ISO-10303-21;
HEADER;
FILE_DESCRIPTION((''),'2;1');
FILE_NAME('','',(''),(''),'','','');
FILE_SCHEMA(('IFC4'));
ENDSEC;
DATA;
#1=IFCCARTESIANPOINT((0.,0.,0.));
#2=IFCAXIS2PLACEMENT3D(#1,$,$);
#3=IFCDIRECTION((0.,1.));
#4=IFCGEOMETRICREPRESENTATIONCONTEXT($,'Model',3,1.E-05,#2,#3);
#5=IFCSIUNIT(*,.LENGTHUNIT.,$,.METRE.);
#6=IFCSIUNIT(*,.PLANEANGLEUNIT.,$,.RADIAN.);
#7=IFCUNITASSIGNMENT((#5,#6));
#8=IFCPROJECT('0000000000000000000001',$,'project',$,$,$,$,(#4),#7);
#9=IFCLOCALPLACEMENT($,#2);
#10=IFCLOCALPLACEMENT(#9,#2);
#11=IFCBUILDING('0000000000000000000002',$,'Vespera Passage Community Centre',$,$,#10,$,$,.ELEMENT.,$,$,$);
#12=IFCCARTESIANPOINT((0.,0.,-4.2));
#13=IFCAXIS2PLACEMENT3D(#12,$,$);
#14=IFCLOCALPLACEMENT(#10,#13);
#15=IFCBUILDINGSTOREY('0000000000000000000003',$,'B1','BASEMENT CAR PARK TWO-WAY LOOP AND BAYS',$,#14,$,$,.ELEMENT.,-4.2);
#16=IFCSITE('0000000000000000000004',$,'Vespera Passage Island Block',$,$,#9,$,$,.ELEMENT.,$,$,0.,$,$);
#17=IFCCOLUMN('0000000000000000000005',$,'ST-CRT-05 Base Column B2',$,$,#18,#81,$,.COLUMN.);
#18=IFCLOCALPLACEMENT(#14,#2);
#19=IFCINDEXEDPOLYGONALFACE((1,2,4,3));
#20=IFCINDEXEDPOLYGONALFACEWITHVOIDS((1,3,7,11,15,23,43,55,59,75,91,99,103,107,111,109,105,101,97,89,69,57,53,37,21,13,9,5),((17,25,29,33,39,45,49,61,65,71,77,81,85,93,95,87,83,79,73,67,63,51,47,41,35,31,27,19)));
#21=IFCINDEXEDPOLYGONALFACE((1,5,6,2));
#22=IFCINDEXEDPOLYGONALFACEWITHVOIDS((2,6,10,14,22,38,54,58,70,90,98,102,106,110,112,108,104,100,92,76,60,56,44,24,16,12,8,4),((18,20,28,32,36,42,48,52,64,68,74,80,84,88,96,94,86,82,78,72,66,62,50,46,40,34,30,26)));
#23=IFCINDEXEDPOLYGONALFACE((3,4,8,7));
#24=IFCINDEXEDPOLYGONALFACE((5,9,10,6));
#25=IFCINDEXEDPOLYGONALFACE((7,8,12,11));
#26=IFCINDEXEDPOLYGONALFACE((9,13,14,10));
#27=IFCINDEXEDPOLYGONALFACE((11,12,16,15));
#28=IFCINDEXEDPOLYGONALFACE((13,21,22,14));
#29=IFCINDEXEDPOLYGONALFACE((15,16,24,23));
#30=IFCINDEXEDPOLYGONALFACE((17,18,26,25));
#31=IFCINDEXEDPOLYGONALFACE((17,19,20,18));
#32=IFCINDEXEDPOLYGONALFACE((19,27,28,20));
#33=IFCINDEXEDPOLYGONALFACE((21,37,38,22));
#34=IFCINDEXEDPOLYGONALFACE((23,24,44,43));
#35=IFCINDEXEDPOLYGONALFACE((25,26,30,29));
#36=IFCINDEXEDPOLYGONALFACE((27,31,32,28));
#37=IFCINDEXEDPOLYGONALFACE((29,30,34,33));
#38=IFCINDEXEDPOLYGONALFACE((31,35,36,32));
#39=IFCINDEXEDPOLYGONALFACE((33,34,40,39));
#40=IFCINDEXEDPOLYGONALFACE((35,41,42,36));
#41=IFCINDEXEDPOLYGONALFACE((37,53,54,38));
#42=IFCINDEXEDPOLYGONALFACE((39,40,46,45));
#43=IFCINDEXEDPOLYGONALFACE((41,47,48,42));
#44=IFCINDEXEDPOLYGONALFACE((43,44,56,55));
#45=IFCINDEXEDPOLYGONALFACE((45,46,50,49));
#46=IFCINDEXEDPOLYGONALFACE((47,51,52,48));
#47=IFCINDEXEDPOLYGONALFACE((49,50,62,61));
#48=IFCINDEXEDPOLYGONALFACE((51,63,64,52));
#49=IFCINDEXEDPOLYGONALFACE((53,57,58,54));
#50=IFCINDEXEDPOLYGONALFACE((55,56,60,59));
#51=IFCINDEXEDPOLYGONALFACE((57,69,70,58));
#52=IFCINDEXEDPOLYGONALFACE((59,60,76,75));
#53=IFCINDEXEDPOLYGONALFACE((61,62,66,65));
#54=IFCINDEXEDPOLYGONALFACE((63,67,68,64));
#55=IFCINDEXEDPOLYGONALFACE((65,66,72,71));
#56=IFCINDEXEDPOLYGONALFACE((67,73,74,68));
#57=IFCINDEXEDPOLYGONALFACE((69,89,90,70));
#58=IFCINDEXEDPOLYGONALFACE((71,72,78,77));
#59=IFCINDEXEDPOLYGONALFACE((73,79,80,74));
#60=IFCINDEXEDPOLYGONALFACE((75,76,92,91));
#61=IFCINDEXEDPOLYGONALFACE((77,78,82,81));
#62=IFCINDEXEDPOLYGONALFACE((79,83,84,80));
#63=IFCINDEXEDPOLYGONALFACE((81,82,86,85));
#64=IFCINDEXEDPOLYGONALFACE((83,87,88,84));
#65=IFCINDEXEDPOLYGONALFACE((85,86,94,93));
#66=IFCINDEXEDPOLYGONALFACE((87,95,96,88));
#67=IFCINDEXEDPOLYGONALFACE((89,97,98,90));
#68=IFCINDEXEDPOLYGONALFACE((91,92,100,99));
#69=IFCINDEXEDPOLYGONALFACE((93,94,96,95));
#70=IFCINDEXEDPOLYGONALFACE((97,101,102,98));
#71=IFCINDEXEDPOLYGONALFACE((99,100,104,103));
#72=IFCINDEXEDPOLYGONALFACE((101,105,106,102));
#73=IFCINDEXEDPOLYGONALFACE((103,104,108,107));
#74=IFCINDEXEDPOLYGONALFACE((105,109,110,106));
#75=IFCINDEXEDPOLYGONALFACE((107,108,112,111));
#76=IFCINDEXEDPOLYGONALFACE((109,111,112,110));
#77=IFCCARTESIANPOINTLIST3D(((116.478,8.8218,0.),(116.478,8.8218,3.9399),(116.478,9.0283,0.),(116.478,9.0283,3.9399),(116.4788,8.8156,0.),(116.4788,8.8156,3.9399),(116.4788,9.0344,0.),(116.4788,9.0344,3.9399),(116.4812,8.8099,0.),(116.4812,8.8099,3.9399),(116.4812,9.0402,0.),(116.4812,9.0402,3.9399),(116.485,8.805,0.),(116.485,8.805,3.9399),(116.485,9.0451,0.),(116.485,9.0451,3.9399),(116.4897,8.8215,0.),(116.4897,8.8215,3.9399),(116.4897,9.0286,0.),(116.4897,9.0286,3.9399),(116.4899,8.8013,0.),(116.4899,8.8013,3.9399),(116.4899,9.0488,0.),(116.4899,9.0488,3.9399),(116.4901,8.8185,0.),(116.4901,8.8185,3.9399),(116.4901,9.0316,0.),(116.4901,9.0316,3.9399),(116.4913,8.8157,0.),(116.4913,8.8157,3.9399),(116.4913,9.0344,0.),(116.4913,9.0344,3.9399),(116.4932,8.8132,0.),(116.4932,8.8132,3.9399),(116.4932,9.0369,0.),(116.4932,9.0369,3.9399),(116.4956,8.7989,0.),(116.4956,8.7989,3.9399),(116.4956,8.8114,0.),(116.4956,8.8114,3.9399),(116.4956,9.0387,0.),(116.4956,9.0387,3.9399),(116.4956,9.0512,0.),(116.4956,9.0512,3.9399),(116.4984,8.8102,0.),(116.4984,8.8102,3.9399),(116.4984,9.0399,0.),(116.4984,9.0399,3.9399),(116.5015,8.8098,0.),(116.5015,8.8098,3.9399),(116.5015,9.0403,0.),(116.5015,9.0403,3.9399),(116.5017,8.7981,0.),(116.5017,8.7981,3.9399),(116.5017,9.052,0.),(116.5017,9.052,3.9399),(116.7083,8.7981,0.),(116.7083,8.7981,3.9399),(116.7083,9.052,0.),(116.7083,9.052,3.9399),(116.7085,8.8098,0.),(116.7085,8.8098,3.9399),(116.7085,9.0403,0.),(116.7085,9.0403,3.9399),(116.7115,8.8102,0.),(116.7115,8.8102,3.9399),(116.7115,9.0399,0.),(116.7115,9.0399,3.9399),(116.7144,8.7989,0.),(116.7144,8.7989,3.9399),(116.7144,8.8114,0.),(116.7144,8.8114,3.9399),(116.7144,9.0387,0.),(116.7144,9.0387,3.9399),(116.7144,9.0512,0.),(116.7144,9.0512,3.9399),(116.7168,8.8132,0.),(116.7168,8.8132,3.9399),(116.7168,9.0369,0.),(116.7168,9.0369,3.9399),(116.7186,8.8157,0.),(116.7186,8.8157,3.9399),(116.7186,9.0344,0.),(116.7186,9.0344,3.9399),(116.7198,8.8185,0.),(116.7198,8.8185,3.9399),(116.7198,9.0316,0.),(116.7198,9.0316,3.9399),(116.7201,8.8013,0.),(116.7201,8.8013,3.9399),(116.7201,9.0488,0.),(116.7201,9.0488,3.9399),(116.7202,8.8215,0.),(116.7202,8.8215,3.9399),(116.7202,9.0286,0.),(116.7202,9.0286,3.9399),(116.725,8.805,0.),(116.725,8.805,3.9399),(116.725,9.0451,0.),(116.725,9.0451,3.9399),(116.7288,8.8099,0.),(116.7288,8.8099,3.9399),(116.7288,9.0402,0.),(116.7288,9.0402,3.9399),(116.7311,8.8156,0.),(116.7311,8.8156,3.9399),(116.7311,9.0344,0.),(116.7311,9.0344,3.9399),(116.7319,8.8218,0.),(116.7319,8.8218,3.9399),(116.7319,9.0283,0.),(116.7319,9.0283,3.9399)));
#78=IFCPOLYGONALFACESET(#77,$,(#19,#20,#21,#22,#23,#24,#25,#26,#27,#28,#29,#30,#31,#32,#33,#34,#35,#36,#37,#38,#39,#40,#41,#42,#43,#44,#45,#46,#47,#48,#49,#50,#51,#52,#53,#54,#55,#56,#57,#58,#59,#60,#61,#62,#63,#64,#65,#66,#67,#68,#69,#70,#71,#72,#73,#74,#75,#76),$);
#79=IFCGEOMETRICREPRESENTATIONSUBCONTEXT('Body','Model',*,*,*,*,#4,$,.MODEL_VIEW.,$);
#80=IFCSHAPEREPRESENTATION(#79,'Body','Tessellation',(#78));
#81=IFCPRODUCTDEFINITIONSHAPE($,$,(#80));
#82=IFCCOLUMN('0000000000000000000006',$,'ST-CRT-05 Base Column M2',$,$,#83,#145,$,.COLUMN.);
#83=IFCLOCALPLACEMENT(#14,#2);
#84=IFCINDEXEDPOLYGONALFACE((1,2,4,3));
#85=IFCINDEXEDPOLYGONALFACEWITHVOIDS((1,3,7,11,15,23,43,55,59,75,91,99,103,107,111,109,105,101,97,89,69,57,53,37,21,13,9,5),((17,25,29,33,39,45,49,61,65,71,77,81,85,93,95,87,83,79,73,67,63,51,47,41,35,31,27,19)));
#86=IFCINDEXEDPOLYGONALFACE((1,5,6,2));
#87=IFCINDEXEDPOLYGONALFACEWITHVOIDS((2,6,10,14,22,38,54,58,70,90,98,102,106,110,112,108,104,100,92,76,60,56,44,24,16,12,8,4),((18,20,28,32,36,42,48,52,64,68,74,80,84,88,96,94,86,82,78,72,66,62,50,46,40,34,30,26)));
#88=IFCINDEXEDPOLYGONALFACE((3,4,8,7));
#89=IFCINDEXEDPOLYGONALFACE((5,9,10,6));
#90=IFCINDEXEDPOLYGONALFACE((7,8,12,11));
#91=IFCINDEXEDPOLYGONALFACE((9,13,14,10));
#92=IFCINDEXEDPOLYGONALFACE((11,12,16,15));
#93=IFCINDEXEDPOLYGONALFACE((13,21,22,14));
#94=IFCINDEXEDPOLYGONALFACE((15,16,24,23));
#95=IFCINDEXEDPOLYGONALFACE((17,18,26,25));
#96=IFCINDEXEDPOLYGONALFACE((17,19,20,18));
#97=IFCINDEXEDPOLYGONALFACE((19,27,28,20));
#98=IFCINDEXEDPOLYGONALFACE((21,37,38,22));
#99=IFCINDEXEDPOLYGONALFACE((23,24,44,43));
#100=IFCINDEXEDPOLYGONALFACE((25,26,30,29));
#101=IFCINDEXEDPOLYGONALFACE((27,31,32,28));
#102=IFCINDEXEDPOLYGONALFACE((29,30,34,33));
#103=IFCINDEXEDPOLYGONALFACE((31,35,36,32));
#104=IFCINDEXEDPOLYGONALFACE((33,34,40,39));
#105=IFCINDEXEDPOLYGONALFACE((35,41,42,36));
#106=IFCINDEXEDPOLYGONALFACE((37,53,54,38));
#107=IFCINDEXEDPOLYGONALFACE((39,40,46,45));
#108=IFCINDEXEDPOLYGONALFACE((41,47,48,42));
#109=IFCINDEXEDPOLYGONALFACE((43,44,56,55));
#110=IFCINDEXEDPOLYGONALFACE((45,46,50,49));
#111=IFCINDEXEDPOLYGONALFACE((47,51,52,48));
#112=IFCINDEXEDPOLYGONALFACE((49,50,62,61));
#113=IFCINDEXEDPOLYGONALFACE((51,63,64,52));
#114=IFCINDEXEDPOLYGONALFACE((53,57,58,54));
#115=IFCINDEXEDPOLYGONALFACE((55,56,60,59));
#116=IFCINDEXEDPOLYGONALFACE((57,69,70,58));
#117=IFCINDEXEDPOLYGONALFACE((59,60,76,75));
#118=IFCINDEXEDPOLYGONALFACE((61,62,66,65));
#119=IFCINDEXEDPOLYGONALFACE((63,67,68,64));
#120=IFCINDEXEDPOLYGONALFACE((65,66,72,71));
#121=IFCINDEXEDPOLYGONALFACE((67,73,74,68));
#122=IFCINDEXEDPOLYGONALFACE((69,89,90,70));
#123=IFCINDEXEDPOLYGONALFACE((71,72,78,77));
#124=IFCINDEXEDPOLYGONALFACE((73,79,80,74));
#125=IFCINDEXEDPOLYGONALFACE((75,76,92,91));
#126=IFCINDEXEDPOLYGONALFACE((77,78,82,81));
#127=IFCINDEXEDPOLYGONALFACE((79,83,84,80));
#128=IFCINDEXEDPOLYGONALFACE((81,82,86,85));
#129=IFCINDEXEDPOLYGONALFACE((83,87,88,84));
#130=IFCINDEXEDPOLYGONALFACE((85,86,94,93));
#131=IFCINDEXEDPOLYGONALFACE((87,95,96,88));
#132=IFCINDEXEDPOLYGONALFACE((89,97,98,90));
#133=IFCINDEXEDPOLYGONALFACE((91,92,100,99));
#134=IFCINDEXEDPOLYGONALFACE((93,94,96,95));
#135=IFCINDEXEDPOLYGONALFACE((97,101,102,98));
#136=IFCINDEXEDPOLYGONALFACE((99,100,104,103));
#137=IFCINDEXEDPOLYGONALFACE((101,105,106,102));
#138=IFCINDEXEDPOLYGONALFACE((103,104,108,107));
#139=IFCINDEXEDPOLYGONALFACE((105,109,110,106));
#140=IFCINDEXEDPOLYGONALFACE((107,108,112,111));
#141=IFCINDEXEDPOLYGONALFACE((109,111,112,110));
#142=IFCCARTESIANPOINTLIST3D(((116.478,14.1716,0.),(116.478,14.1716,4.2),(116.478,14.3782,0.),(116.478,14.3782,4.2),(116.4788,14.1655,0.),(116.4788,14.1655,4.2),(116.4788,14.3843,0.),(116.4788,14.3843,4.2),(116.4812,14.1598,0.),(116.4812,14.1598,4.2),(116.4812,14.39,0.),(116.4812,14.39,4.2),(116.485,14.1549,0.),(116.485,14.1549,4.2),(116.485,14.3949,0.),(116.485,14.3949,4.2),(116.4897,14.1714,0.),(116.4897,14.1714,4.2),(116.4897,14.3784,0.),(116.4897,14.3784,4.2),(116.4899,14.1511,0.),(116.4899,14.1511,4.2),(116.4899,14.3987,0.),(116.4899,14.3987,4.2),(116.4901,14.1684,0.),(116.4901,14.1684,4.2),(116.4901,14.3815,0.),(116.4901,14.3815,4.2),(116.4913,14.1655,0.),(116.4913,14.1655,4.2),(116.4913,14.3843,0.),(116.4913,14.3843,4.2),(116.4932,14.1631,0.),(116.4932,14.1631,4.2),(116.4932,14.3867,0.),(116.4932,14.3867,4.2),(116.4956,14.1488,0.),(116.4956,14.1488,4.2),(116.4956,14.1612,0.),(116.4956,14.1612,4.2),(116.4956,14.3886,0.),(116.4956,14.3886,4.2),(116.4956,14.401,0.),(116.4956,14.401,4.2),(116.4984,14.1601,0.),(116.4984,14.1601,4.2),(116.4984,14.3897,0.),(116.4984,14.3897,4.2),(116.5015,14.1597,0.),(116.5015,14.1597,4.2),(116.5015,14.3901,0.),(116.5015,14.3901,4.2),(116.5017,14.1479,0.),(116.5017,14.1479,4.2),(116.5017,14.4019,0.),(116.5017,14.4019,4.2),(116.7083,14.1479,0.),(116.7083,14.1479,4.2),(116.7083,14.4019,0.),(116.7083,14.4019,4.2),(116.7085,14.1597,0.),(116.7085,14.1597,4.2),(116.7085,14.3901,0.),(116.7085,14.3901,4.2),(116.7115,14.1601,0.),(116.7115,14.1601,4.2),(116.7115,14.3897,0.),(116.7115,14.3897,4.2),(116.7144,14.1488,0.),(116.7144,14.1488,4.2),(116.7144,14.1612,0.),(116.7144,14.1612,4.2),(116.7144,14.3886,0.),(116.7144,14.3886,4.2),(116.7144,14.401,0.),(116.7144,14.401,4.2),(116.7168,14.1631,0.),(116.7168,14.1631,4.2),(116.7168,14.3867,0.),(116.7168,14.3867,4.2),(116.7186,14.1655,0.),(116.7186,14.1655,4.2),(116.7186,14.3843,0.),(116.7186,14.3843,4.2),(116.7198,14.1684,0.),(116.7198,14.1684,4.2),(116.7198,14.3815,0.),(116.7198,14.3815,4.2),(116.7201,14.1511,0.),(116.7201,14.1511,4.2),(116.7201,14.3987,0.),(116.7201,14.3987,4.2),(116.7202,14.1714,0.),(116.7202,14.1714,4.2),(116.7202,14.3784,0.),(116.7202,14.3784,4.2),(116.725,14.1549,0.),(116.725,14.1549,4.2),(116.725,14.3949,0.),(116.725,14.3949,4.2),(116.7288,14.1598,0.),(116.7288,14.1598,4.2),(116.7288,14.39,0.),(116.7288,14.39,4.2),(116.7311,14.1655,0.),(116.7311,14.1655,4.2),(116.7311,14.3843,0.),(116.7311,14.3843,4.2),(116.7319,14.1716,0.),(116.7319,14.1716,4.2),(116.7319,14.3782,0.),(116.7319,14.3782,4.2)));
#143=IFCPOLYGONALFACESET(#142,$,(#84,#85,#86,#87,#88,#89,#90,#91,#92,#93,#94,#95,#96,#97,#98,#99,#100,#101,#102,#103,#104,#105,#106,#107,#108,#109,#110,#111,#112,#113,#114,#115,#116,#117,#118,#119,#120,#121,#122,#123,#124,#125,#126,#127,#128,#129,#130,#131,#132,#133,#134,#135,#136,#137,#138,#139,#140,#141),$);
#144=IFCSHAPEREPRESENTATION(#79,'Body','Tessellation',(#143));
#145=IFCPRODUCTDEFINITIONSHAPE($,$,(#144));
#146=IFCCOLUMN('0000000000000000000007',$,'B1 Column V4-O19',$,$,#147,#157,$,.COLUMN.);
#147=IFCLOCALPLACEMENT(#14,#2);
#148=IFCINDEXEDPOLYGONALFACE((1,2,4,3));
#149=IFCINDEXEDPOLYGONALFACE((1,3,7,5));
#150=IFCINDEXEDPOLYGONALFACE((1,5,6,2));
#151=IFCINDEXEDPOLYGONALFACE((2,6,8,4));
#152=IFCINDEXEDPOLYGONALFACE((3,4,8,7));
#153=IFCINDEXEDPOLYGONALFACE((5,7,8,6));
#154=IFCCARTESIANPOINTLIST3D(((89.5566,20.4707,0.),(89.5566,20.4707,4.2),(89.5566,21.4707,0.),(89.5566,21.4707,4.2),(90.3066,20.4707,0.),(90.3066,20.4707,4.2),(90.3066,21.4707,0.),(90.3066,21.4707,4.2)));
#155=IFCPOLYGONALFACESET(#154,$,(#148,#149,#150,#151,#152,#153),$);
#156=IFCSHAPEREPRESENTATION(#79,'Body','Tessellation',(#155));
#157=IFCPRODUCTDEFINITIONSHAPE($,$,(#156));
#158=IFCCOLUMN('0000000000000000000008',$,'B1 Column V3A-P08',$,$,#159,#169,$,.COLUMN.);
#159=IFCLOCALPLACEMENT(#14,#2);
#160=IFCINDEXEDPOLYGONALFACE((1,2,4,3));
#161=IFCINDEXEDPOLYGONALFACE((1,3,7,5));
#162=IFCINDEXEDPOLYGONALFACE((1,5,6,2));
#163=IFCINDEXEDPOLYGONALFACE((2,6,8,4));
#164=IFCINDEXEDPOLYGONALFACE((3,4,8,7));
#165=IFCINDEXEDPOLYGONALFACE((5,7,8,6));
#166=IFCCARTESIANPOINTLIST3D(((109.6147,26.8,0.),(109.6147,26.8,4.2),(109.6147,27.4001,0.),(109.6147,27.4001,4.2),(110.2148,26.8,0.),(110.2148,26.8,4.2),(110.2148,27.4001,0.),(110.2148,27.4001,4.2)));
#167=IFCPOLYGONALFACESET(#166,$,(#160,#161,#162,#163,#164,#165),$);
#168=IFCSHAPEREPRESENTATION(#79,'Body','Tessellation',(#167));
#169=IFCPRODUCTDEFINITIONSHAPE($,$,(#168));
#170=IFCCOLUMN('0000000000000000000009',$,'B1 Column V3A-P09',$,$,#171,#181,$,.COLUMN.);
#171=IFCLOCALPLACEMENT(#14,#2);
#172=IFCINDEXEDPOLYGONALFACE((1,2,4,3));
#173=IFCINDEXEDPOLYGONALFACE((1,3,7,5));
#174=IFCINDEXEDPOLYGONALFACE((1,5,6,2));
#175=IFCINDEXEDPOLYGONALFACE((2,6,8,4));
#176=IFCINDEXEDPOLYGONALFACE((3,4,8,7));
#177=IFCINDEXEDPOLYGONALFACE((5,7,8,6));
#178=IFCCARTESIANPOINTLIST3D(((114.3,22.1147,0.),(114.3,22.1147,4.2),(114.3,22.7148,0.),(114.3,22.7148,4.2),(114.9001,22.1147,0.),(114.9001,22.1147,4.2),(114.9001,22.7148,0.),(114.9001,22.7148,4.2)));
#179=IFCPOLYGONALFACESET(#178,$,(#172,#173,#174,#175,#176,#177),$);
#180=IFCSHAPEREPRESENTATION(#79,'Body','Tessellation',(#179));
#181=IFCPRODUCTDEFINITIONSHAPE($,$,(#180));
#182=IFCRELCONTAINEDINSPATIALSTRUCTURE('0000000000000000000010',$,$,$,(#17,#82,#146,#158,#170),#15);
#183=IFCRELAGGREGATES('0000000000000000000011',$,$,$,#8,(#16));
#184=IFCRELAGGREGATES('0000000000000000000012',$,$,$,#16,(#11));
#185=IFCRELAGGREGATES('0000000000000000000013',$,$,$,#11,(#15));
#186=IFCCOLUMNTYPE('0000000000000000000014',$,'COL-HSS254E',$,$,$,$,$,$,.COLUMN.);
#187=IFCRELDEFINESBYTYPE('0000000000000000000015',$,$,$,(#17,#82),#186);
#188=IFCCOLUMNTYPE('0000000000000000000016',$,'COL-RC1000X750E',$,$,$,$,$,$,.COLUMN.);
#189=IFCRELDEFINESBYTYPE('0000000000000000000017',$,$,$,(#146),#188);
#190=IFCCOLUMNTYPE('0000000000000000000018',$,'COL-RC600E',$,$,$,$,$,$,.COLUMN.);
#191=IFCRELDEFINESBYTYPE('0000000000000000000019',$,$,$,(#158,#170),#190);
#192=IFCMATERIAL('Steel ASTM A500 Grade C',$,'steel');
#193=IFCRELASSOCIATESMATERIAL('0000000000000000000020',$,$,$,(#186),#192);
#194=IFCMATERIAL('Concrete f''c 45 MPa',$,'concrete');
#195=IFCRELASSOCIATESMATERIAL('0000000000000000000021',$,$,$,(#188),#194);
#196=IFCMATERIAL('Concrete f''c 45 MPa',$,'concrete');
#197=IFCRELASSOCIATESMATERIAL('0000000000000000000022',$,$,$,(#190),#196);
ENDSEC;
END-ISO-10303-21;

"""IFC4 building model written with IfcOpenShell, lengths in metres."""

from ifc_helpers import new_model, si_unit, direction, frame, origin, origin_2d, place, context, subcontext, project, spatial, rectangle, hollow_rectangle, extrude, material, material_profile, profile_set, type_object, element, save


model = new_model("IFC4")

# Units and contexts
model_context = context("Model", 3, precision=1e-05, world=origin(), true_north=direction((0.0, 1.0)))
body_context = subcontext(model_context, "Body", "Model", "MODEL_VIEW")
ifc_project = project(units=[si_unit("LENGTHUNIT", "METRE"), si_unit("PLANEANGLEUNIT", "RADIAN")], contexts=[model_context])

# Site, building, storey
site_placement = place(None, origin())
site = spatial("IfcSite", under=ifc_project, at=site_placement, Name="Vespera Passage Island Block", CompositionType="ELEMENT", RefElevation=0.0)
building_placement = place(site_placement, origin())
building = spatial("IfcBuilding", under=site, at=building_placement, Name="Vespera Passage Community Centre", CompositionType="ELEMENT")
storey_placement = place(building_placement, frame((0.0, 0.0, -4.2)))
storey = spatial("IfcBuildingStorey", under=building, at=storey_placement, Name="B1", Description="BASEMENT CAR PARK TWO-WAY LOOP AND BAYS", CompositionType="ELEMENT", Elevation=-4.2)

# Columns
ifc_material_1 = material(Name="Steel ASTM A500 Grade C", Category="steel")
ifc_material_profile_1 = material_profile(ifc_material_1, hollow_rectangle(XDim=0.2539, YDim=0.2539, WallThickness=0.0117, InnerFilletRadius=0.0117, OuterFilletRadius=0.0237, at=origin_2d()), Name="HSS254X254X12.7")
ifc_profile_set_1 = profile_set([ifc_material_profile_1], Name="Steel ASTM A500 Grade C")
column_type_1 = type_object("IfcColumnType", Name="COL-HSS254E", PredefinedType="COLUMN", material=ifc_profile_set_1)
column_1_placement = place(storey_placement, frame((116.605, 8.925, 0.0), z_axis=(0.0, 0.0, 1.0), x_axis=(1.0, 0.0, 0.0)))
element("IfcColumn", 1, at=column_1_placement, inside=storey, type_object=column_type_1, Name="ST-CRT-05 Base Column B2", PredefinedType="COLUMN", context=body_context, shape_type="SweptSolid", body=[
    extrude(hollow_rectangle(XDim=0.2539, YDim=0.2539, WallThickness=0.0117, InnerFilletRadius=0.0117, OuterFilletRadius=0.0237, at=origin_2d()), origin(), (0.0, 0.0, 1.0), 3.9399),
])
column_2_placement = place(storey_placement, frame((116.605, 14.2749, 0.0), z_axis=(0.0, 0.0, 1.0), x_axis=(1.0, 0.0, 0.0)))
element("IfcColumn", 2, at=column_2_placement, inside=storey, type_object=column_type_1, Name="ST-CRT-05 Base Column M2", PredefinedType="COLUMN", context=body_context, shape_type="SweptSolid", body=[
    extrude(hollow_rectangle(XDim=0.2539, YDim=0.2539, WallThickness=0.0117, InnerFilletRadius=0.0117, OuterFilletRadius=0.0237, at=origin_2d()), origin(), (0.0, 0.0, 1.0), 4.2),
])
ifc_material_2 = material(Name="Concrete f'c 45 MPa", Category="concrete")
ifc_material_profile_2 = material_profile(ifc_material_2, rectangle(XDim=0.75, YDim=1.0, at=origin_2d()), Name="RC1000X750")
ifc_profile_set_2 = profile_set([ifc_material_profile_2], Name="Concrete f'c 45 MPa")
column_type_2 = type_object("IfcColumnType", Name="COL-RC1000X750E", PredefinedType="COLUMN", material=ifc_profile_set_2)
column_3_placement = place(storey_placement, frame((89.9316, 20.9707, 0.0), z_axis=(0.0, 0.0, 1.0), x_axis=(1.0, 0.0, 0.0)))
element("IfcColumn", 3, at=column_3_placement, inside=storey, type_object=column_type_2, Name="B1 Column V4-O19", PredefinedType="COLUMN", context=body_context, shape_type="SweptSolid", body=[
    extrude(rectangle(XDim=0.75, YDim=1.0, at=origin_2d()), origin(), (0.0, 0.0, 1.0), 4.2),
])
ifc_material_3 = material(Name="Concrete f'c 45 MPa", Category="concrete")
ifc_material_profile_3 = material_profile(ifc_material_3, rectangle(XDim=0.6001, YDim=0.6001, at=origin_2d()), Name="RC600X600")
ifc_profile_set_3 = profile_set([ifc_material_profile_3], Name="Concrete f'c 45 MPa")
column_type_3 = type_object("IfcColumnType", Name="COL-RC600E", PredefinedType="COLUMN", material=ifc_profile_set_3)
for number, where, z_axis, x_axis, name in (
    (4, (109.9148, 27.1001, 0.0), (0.0, 0.0, 1.0), (1.0, 0.0, 0.0), "B1 Column V3A-P08"),
    (5, (114.6001, 22.4148, 0.0), (0.0, 0.0, 1.0), (1.0, 0.0, 0.0), "B1 Column V3A-P09"),
):
    element("IfcColumn", number, at=place(storey_placement, frame(where, z_axis=z_axis, x_axis=x_axis)), inside=storey, type_object=column_type_3, Name=name, PredefinedType="COLUMN", context=body_context, shape_type="SweptSolid", body=[
        extrude(rectangle(XDim=0.6001, YDim=0.6001, at=origin_2d()), origin(), (0.0, 0.0, 1.0), 4.2),
    ])

save(model, "model.ifc")
